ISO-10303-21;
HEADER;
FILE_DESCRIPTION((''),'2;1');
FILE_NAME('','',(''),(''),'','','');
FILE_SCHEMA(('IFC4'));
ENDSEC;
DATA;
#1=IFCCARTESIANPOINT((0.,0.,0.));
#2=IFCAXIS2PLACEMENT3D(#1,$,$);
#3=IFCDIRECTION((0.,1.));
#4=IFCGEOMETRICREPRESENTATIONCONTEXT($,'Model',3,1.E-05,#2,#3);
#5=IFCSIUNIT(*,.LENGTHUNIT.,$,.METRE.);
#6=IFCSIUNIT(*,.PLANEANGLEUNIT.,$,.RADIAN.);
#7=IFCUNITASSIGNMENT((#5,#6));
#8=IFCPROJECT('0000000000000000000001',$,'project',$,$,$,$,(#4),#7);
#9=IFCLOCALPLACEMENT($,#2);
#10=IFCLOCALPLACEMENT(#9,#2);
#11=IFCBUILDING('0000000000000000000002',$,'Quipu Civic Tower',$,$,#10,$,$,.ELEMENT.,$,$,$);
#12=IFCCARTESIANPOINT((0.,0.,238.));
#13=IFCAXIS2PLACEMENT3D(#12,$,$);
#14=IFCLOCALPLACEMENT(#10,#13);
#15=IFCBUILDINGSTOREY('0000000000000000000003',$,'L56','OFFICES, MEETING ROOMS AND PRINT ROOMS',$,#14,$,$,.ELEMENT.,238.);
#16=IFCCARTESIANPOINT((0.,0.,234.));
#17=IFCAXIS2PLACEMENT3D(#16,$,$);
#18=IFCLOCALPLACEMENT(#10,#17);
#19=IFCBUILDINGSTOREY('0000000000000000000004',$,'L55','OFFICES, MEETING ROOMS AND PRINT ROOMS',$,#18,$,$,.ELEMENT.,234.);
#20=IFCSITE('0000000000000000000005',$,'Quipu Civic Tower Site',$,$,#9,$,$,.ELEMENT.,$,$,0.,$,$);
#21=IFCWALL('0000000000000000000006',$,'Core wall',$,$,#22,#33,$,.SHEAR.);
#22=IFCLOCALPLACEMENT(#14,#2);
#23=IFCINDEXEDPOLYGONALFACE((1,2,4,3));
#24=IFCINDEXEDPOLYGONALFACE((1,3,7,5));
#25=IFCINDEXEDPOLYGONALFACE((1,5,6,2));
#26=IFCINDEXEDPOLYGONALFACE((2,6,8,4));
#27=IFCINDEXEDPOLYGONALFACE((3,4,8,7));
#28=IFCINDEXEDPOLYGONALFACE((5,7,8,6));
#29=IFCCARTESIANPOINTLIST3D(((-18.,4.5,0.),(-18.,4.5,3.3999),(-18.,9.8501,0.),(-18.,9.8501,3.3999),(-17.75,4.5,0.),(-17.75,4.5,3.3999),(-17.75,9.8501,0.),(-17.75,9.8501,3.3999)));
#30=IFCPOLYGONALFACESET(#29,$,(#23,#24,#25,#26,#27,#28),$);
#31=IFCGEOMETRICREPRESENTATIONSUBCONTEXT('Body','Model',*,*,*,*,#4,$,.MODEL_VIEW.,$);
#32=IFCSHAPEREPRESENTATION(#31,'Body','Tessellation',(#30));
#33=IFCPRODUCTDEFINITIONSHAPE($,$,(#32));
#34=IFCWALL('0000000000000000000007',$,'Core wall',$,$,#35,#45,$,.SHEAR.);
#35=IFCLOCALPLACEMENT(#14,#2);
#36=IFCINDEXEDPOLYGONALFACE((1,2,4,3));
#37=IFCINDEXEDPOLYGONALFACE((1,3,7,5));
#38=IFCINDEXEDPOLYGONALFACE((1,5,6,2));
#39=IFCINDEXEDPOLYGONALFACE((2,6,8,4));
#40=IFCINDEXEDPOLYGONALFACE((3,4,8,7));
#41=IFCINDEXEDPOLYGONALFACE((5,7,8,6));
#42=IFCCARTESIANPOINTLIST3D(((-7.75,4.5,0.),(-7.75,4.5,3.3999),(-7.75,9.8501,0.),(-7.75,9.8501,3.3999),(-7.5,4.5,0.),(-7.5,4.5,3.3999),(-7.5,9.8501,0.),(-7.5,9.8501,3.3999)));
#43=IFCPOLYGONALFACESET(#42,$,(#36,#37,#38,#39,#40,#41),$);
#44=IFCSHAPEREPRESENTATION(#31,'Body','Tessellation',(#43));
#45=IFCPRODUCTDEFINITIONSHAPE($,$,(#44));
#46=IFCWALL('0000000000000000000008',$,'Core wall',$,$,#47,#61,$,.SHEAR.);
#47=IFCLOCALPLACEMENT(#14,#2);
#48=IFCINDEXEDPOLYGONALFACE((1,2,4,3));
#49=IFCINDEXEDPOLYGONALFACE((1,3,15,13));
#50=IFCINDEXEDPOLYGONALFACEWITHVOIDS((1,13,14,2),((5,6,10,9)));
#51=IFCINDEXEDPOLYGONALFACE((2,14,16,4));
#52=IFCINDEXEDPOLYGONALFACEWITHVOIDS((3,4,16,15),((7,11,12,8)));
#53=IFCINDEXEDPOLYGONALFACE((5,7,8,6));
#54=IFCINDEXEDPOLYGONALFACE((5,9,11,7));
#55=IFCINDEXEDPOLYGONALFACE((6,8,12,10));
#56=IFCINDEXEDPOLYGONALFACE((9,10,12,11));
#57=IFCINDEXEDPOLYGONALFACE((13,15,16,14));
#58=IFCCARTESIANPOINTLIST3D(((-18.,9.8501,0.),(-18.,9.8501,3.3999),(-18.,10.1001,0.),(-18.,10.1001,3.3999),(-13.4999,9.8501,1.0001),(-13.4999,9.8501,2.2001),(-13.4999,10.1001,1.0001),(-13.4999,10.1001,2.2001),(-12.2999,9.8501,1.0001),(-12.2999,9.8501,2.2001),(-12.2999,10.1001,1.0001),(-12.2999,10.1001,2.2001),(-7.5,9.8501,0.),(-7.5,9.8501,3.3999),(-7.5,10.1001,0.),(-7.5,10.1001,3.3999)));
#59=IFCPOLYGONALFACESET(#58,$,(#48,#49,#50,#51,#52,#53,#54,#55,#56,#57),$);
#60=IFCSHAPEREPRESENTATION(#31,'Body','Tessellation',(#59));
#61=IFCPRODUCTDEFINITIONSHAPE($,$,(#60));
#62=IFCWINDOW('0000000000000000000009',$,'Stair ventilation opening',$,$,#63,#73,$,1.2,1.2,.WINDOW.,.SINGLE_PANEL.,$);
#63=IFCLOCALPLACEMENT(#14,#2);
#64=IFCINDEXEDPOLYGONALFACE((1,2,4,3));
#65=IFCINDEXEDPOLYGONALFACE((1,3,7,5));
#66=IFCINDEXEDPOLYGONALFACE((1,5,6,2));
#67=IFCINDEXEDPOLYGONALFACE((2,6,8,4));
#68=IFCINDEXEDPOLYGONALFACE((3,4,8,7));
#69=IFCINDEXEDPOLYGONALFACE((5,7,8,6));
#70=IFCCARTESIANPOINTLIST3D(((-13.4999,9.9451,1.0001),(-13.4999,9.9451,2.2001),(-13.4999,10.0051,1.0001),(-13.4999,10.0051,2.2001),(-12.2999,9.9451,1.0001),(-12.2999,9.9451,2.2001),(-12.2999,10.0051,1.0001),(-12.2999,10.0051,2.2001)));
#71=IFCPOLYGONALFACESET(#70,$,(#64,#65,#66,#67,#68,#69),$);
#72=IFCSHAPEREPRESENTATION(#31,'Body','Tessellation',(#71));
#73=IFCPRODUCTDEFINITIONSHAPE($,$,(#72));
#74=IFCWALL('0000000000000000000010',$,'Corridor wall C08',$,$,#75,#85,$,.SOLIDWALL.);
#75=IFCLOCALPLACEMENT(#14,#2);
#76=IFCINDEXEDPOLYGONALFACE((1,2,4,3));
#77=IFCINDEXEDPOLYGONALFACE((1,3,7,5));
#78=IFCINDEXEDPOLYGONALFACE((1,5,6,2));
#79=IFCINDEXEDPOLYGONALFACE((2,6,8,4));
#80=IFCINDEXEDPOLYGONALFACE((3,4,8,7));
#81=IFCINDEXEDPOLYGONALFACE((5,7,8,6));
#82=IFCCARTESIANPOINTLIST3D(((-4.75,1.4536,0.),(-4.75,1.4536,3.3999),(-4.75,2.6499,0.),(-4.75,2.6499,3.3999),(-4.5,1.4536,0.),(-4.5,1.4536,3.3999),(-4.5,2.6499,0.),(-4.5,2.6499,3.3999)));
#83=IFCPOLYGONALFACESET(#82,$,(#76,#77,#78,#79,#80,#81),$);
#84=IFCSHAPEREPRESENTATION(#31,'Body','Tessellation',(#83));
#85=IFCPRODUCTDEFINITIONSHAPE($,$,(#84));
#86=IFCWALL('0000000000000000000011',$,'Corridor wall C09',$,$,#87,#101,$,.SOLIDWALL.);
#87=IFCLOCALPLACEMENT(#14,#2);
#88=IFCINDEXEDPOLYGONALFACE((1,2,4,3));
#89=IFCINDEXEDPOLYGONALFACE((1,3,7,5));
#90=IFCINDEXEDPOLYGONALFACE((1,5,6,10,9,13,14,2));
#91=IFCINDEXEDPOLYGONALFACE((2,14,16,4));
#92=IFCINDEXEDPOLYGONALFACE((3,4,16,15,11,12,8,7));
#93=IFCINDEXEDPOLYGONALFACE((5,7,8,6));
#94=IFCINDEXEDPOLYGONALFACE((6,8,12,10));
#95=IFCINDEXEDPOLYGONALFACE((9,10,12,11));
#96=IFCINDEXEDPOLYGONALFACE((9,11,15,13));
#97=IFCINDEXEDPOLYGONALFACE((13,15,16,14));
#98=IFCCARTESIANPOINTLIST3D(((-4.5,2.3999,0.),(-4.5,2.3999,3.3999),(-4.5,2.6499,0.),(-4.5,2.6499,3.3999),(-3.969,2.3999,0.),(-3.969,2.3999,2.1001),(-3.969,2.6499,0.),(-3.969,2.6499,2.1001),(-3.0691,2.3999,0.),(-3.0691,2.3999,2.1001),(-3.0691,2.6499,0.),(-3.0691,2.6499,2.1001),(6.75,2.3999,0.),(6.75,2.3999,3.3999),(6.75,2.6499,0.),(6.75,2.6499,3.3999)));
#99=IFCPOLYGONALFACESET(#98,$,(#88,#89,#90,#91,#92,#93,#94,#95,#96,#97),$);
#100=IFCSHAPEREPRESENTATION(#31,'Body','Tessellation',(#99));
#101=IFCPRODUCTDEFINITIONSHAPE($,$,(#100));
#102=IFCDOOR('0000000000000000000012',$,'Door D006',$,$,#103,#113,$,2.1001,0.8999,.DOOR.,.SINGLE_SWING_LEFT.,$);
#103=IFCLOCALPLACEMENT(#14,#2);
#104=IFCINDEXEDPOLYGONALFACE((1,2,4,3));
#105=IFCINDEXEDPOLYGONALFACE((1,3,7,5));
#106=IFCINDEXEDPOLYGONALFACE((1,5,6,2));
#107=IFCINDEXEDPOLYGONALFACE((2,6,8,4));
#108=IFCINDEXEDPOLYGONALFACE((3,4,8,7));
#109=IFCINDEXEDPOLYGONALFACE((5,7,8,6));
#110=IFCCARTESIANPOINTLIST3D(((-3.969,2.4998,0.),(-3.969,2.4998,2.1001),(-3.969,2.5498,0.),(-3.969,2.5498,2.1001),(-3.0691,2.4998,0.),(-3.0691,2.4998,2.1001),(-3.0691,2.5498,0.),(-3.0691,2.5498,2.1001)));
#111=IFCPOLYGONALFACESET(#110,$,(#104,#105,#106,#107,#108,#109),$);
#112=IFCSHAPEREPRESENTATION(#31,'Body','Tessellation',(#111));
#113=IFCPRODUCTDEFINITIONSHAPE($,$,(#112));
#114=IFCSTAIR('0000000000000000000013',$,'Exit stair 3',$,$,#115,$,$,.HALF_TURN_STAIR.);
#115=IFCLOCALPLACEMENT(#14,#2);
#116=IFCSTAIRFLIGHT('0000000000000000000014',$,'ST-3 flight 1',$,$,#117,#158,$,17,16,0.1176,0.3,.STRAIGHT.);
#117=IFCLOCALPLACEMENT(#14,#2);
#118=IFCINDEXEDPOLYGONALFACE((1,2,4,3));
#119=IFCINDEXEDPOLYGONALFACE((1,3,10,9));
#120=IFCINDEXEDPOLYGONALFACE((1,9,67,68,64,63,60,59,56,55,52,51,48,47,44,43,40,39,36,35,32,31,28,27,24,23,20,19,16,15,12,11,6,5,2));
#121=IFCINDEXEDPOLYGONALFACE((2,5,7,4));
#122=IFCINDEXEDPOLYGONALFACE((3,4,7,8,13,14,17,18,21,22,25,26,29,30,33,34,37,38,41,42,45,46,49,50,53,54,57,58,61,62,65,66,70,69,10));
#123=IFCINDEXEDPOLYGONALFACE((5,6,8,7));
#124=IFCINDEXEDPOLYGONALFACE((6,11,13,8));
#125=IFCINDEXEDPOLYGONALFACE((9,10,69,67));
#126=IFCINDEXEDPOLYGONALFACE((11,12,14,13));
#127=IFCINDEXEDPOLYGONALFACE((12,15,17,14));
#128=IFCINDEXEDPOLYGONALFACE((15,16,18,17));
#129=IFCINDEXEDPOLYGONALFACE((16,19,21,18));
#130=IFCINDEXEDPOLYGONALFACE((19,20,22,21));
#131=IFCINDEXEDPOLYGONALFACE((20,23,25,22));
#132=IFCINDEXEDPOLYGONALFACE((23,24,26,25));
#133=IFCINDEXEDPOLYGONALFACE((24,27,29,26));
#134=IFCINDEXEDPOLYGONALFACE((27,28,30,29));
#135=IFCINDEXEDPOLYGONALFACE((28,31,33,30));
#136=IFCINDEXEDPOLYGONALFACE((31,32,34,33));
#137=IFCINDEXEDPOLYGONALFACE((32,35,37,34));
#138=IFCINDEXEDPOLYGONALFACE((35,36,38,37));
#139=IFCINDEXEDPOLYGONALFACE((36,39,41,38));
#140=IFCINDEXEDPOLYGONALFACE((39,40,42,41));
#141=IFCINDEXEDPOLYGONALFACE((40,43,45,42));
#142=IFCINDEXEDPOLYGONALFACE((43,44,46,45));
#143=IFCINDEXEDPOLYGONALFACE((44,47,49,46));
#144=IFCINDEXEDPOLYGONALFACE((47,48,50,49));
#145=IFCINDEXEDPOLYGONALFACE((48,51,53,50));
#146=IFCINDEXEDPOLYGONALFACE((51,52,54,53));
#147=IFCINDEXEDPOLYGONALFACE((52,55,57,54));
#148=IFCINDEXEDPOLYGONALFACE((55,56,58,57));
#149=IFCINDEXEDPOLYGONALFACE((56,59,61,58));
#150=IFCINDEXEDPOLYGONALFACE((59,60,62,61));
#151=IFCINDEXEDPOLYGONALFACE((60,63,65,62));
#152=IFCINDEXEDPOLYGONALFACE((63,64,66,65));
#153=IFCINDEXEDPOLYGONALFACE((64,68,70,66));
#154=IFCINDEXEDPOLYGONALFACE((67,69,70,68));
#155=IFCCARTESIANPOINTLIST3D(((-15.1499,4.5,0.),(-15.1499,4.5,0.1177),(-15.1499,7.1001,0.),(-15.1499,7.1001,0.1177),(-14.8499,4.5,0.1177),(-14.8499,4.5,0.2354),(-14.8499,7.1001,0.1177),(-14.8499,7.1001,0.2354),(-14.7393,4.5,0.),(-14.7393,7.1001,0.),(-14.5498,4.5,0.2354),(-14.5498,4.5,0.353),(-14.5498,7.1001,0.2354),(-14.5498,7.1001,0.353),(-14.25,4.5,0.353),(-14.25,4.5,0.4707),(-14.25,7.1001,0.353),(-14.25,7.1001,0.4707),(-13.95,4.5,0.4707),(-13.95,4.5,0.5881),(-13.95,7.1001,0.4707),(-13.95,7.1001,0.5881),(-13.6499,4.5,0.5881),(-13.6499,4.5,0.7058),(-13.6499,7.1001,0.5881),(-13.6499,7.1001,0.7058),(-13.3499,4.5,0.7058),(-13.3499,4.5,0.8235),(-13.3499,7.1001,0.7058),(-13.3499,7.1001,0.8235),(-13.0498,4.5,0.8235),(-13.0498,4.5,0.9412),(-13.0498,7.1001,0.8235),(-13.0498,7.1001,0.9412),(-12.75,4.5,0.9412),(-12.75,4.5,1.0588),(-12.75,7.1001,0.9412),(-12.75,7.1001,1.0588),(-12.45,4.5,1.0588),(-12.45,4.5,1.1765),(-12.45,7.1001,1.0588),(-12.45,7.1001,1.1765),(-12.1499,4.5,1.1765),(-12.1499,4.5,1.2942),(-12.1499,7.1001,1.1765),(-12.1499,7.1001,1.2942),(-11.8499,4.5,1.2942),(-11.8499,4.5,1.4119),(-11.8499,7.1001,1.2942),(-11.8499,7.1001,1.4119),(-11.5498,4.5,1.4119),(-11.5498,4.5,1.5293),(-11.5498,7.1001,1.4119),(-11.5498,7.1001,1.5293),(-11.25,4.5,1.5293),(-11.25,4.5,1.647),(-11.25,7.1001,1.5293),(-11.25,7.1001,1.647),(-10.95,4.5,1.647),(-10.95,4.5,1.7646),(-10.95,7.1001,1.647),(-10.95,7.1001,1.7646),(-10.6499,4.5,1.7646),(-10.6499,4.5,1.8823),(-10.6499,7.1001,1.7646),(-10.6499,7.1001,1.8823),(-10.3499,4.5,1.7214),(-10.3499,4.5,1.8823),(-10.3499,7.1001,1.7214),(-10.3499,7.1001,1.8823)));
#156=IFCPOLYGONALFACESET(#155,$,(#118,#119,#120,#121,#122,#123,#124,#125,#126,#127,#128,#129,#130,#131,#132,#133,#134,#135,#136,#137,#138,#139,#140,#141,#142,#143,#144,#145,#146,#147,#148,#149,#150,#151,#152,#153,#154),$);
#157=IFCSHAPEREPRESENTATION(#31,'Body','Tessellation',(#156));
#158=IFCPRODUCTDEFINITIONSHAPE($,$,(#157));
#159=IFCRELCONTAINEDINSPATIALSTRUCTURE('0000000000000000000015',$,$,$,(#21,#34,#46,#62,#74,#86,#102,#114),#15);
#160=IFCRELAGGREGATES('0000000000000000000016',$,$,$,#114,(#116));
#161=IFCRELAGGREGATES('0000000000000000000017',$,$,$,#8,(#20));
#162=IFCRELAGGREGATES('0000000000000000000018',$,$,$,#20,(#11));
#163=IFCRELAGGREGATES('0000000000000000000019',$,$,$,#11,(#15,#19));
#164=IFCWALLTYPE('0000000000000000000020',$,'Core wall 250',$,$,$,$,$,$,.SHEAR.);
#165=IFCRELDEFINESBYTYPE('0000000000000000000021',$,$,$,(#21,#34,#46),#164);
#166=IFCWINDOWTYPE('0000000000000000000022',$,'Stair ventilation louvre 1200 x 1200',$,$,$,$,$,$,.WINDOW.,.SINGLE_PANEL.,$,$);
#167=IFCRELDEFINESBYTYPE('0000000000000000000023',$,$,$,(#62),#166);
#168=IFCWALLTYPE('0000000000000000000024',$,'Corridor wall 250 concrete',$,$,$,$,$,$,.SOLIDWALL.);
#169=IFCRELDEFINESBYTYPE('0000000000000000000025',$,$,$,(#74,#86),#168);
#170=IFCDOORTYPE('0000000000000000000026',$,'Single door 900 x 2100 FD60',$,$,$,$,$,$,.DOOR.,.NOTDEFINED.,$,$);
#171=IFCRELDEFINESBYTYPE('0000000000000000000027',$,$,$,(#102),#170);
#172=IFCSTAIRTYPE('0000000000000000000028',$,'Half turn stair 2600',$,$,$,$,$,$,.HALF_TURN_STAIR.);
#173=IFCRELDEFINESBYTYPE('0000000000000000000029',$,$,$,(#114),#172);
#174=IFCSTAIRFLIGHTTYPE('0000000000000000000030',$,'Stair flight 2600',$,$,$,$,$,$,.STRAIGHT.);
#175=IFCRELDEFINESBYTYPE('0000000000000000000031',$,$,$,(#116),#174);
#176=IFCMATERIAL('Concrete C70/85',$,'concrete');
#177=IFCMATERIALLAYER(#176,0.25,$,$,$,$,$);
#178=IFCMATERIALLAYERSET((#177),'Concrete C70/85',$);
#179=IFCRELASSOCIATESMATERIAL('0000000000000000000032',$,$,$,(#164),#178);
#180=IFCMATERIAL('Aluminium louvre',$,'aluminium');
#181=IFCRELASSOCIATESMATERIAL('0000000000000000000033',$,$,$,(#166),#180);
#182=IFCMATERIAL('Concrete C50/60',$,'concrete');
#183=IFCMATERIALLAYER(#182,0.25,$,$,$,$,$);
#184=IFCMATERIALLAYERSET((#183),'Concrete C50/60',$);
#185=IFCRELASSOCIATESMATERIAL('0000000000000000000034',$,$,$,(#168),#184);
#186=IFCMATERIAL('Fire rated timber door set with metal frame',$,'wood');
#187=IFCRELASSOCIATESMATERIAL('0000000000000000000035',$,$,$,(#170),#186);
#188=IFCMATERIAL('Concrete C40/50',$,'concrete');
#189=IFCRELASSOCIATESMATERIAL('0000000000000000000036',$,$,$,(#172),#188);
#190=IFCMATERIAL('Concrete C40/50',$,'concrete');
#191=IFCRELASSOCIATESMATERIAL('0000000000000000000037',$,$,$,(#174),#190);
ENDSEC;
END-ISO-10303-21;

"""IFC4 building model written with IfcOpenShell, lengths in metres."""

from ifc_helpers import new_model, si_unit, direction, frame, frame_2d, origin, place, context, subcontext, project, spatial, polyline, rectangle, outline, extrude, material, layer, layer_set, type_object, element, fill, aggregate, save


model = new_model("IFC4")

# Units and contexts
model_context = context("Model", 3, precision=1e-05, world=origin(), true_north=direction((0.0, 1.0)))
body_context = subcontext(model_context, "Body", "Model", "MODEL_VIEW")
ifc_project = project(units=[si_unit("LENGTHUNIT", "METRE"), si_unit("PLANEANGLEUNIT", "RADIAN")], contexts=[model_context])

# Site, building, storey
site_placement = place(None, origin())
site = spatial("IfcSite", under=ifc_project, at=site_placement, Name="Quipu Civic Tower Site", CompositionType="ELEMENT", RefElevation=0.0)
building_placement = place(site_placement, origin())
building = spatial("IfcBuilding", under=site, at=building_placement, Name="Quipu Civic Tower", CompositionType="ELEMENT")
storey_1_placement = place(building_placement, frame((0.0, 0.0, 238.0)))
storey_1 = spatial("IfcBuildingStorey", under=building, at=storey_1_placement, Name="L56", Description="OFFICES, MEETING ROOMS AND PRINT ROOMS", CompositionType="ELEMENT", Elevation=238.0)

# Shared definitions
storey_2_placement = place(building_placement, frame((0.0, 0.0, 234.0)))
storey_2 = spatial("IfcBuildingStorey", under=building, at=storey_2_placement, Name="L55", Description="OFFICES, MEETING ROOMS AND PRINT ROOMS", CompositionType="ELEMENT", Elevation=234.0)

# Shared definitions
ifc_material_1 = material(Name="Concrete C70/85", Category="concrete")
ifc_layer_1 = layer(ifc_material_1, 0.25)
ifc_layer_set_1 = layer_set([ifc_layer_1], Name="Concrete C70/85")
wall_type_1 = type_object("IfcWallType", Name="Core wall 250", PredefinedType="SHEAR", material=ifc_layer_set_1)

# Walls
for number, where, z_axis, x_axis, name in (
    (1, (-17.875, 4.5, 0.0), (0.0, 0.0, 1.0), (0.0, 1.0, 0.0), "Core wall"),
    (2, (-7.625, 4.5, 0.0), (0.0, 0.0, 1.0), (0.0, 1.0, 0.0), "Core wall"),
):
    element("IfcWall", number, at=place(storey_1_placement, frame(where, z_axis=z_axis, x_axis=x_axis)), inside=storey_1, type_object=wall_type_1, Name=name, PredefinedType="SHEAR", context=body_context, shape_type="SweptSolid", body=[
        extrude(rectangle(XDim=5.3501, YDim=0.25, at=frame_2d((2.675, 0.0))), origin(), (0.0, 0.0, 1.0), 3.3999),
    ])

# Wall, opening, window
wall_1_placement = place(storey_1_placement, frame((-18.0, 9.9751, 0.0), z_axis=(0.0, 0.0, 1.0), x_axis=(1.0, 0.0, 0.0)))
wall_1 = element("IfcWall", 3, at=wall_1_placement, inside=storey_1, type_object=wall_type_1, Name="Core wall", PredefinedType="SHEAR", context=body_context, shape_type="SweptSolid", body=[
    extrude(rectangle(XDim=10.5, YDim=0.25, at=frame_2d((5.25, 0.0))), origin(), (0.0, 0.0, 1.0), 3.3999),
])
opening_1_placement = place(wall_1_placement, frame((4.5, 0.0, 1.0)))
opening_1 = element("IfcOpeningElement", 4, at=opening_1_placement, cuts=wall_1, PredefinedType="OPENING", context=body_context, shape_type="SweptSolid", body=[
    extrude(rectangle(XDim=1.2, YDim=1.2, at=frame_2d((0.6001, 0.6001))), frame((0.0, 0.135, 0.0), z_axis=(0.0, -1.0, 0.0), x_axis=(1.0, 0.0, 0.0)), (0.0, 0.0, 1.0), 0.27),
])
ifc_material_2 = material(Name="Aluminium louvre", Category="aluminium")
window_type = type_object("IfcWindowType", Name="Stair ventilation louvre 1200 x 1200", PartitioningType="SINGLE_PANEL", PredefinedType="WINDOW", material=ifc_material_2)
window_placement = place(opening_1_placement, origin())
window = element("IfcWindow", 5, at=window_placement, inside=storey_1, type_object=window_type, Name="Stair ventilation opening", OverallHeight=1.2, OverallWidth=1.2, PartitioningType="SINGLE_PANEL", PredefinedType="WINDOW", context=body_context, shape_type="SweptSolid", body=[
    extrude(rectangle(XDim=1.2, YDim=1.2, at=frame_2d((0.6001, 0.6001))), frame((0.0, 0.03, 0.0), z_axis=(0.0, -1.0, 0.0), x_axis=(1.0, 0.0, 0.0)), (0.0, 0.0, 1.0), 0.0601),
])
fill(opening_1, window)

# Wall
ifc_material_3 = material(Name="Concrete C50/60", Category="concrete")
ifc_layer_2 = layer(ifc_material_3, 0.25)
ifc_layer_set_2 = layer_set([ifc_layer_2], Name="Concrete C50/60")
wall_type_2 = type_object("IfcWallType", Name="Corridor wall 250 concrete", PredefinedType="SOLIDWALL", material=ifc_layer_set_2)
wall_2_placement = place(storey_1_placement, frame((-4.625, 1.4536, 0.0), z_axis=(0.0, 0.0, 1.0), x_axis=(0.0, 1.0, 0.0)))
element("IfcWall", 6, at=wall_2_placement, inside=storey_1, type_object=wall_type_2, Name="Corridor wall C08", PredefinedType="SOLIDWALL", context=body_context, shape_type="SweptSolid", body=[
    extrude(rectangle(XDim=1.1963, YDim=0.25, at=frame_2d((0.5981, 0.0))), origin(), (0.0, 0.0, 1.0), 3.3999),
])

# Wall, opening, door
wall_3_placement = place(storey_1_placement, frame((-4.5, 2.5249, 0.0), z_axis=(0.0, 0.0, 1.0), x_axis=(1.0, 0.0, 0.0)))
wall_3 = element("IfcWall", 7, at=wall_3_placement, inside=storey_1, type_object=wall_type_2, Name="Corridor wall C09", PredefinedType="SOLIDWALL", context=body_context, shape_type="SweptSolid", body=[
    extrude(rectangle(XDim=11.25, YDim=0.25, at=frame_2d((5.625, 0.0))), origin(), (0.0, 0.0, 1.0), 3.3999),
])
opening_2_placement = place(wall_3_placement, frame((0.531, 0.0, 0.0)))
opening_2 = element("IfcOpeningElement", 8, at=opening_2_placement, cuts=wall_3, PredefinedType="OPENING", context=body_context, shape_type="SweptSolid", body=[
    extrude(rectangle(XDim=0.8999, YDim=2.1001, at=frame_2d((0.45, 1.05))), frame((0.0, 0.135, 0.0), z_axis=(0.0, -1.0, 0.0), x_axis=(1.0, 0.0, 0.0)), (0.0, 0.0, 1.0), 0.27),
])
ifc_material_4 = material(Name="Fire rated timber door set with metal frame", Category="wood")
door_type_1 = type_object("IfcDoorType", Name="Single door 900 x 2100 FD60", OperationType="NOTDEFINED", PredefinedType="DOOR", material=ifc_material_4)
door_1_placement = place(opening_2_placement, origin())
door_1 = element("IfcDoor", 9, at=door_1_placement, inside=storey_1, type_object=door_type_1, Name="Door D006", OperationType="SINGLE_SWING_LEFT", OverallHeight=2.1001, OverallWidth=0.8999, PredefinedType="DOOR", context=body_context, shape_type="SweptSolid", body=[
    extrude(rectangle(XDim=0.8999, YDim=2.1001, at=frame_2d((0.45, 1.05))), frame((0.0, 0.0249, 0.0), z_axis=(0.0, -1.0, 0.0), x_axis=(1.0, 0.0, 0.0)), (0.0, 0.0, 1.0), 0.05),
])
fill(opening_2, door_1)

# Stair, stair flight
ifc_material_5 = material(Name="Concrete C40/50", Category="concrete")
stair_type = type_object("IfcStairType", Name="Half turn stair 2600", PredefinedType="HALF_TURN_STAIR", material=ifc_material_5)
stair_placement = place(storey_1_placement, origin())
stair = element("IfcStair", 10, at=stair_placement, inside=storey_1, type_object=stair_type, Name="Exit stair 3", PredefinedType="HALF_TURN_STAIR")
ifc_material_6 = material(Name="Concrete C40/50", Category="concrete")
stair_flight_type = type_object("IfcStairFlightType", Name="Stair flight 2600", PredefinedType="STRAIGHT", material=ifc_material_6)
stair_flight_1_placement = place(storey_1_placement, frame((-15.1499, 5.8, 0.0), z_axis=(0.0, 0.0, 1.0), x_axis=(1.0, 0.0, 0.0)))
stair_flight_1 = element("IfcStairFlight", 11, at=stair_flight_1_placement, type_object=stair_flight_type, Name="ST-3 flight 1", NumberOfRisers=17, NumberOfTreads=16, PredefinedType="STRAIGHT", RiserHeight=0.1176, TreadLength=0.3, context=body_context, shape_type="SweptSolid", body=[
    extrude(outline(polyline([(0.0, 0.0), (0.0, 0.1177), (0.3, 0.1177), (0.3, 0.2354), (0.6001, 0.2354), (0.6001, 0.353), (0.8999, 0.353), (0.8999, 0.4707), (1.2, 0.4707), (1.2, 0.5881), (1.5, 0.5881), (1.5, 0.7058), (1.8, 0.7058), (1.8, 0.8235), (2.1001, 0.8235), (2.1001, 0.9412), (2.3999, 0.9412), (2.3999, 1.0588), (2.7, 1.0588), (2.7, 1.1765), (3.0, 1.1765), (3.0, 1.2942), (3.3, 1.2942), (3.3, 1.4119), (3.6001, 1.4119), (3.6001, 1.5293), (3.8999, 1.5293), (3.8999, 1.647), (4.2, 1.647), (4.2, 1.7646), (4.5, 1.7646), (4.5, 1.8823), (4.8, 1.8823), (4.8, 2.0), (4.8, 1.7214), (0.4106, 0.0), (0.0, 0.0)])), frame((0.0, 1.3, 0.0), z_axis=(0.0, -1.0, 0.0), x_axis=(1.0, 0.0, 0.0)), (0.0, 0.0, 1.0), 2.6001),
])
aggregate(stair, [stair_flight_1])

save(model, "model.ifc")
